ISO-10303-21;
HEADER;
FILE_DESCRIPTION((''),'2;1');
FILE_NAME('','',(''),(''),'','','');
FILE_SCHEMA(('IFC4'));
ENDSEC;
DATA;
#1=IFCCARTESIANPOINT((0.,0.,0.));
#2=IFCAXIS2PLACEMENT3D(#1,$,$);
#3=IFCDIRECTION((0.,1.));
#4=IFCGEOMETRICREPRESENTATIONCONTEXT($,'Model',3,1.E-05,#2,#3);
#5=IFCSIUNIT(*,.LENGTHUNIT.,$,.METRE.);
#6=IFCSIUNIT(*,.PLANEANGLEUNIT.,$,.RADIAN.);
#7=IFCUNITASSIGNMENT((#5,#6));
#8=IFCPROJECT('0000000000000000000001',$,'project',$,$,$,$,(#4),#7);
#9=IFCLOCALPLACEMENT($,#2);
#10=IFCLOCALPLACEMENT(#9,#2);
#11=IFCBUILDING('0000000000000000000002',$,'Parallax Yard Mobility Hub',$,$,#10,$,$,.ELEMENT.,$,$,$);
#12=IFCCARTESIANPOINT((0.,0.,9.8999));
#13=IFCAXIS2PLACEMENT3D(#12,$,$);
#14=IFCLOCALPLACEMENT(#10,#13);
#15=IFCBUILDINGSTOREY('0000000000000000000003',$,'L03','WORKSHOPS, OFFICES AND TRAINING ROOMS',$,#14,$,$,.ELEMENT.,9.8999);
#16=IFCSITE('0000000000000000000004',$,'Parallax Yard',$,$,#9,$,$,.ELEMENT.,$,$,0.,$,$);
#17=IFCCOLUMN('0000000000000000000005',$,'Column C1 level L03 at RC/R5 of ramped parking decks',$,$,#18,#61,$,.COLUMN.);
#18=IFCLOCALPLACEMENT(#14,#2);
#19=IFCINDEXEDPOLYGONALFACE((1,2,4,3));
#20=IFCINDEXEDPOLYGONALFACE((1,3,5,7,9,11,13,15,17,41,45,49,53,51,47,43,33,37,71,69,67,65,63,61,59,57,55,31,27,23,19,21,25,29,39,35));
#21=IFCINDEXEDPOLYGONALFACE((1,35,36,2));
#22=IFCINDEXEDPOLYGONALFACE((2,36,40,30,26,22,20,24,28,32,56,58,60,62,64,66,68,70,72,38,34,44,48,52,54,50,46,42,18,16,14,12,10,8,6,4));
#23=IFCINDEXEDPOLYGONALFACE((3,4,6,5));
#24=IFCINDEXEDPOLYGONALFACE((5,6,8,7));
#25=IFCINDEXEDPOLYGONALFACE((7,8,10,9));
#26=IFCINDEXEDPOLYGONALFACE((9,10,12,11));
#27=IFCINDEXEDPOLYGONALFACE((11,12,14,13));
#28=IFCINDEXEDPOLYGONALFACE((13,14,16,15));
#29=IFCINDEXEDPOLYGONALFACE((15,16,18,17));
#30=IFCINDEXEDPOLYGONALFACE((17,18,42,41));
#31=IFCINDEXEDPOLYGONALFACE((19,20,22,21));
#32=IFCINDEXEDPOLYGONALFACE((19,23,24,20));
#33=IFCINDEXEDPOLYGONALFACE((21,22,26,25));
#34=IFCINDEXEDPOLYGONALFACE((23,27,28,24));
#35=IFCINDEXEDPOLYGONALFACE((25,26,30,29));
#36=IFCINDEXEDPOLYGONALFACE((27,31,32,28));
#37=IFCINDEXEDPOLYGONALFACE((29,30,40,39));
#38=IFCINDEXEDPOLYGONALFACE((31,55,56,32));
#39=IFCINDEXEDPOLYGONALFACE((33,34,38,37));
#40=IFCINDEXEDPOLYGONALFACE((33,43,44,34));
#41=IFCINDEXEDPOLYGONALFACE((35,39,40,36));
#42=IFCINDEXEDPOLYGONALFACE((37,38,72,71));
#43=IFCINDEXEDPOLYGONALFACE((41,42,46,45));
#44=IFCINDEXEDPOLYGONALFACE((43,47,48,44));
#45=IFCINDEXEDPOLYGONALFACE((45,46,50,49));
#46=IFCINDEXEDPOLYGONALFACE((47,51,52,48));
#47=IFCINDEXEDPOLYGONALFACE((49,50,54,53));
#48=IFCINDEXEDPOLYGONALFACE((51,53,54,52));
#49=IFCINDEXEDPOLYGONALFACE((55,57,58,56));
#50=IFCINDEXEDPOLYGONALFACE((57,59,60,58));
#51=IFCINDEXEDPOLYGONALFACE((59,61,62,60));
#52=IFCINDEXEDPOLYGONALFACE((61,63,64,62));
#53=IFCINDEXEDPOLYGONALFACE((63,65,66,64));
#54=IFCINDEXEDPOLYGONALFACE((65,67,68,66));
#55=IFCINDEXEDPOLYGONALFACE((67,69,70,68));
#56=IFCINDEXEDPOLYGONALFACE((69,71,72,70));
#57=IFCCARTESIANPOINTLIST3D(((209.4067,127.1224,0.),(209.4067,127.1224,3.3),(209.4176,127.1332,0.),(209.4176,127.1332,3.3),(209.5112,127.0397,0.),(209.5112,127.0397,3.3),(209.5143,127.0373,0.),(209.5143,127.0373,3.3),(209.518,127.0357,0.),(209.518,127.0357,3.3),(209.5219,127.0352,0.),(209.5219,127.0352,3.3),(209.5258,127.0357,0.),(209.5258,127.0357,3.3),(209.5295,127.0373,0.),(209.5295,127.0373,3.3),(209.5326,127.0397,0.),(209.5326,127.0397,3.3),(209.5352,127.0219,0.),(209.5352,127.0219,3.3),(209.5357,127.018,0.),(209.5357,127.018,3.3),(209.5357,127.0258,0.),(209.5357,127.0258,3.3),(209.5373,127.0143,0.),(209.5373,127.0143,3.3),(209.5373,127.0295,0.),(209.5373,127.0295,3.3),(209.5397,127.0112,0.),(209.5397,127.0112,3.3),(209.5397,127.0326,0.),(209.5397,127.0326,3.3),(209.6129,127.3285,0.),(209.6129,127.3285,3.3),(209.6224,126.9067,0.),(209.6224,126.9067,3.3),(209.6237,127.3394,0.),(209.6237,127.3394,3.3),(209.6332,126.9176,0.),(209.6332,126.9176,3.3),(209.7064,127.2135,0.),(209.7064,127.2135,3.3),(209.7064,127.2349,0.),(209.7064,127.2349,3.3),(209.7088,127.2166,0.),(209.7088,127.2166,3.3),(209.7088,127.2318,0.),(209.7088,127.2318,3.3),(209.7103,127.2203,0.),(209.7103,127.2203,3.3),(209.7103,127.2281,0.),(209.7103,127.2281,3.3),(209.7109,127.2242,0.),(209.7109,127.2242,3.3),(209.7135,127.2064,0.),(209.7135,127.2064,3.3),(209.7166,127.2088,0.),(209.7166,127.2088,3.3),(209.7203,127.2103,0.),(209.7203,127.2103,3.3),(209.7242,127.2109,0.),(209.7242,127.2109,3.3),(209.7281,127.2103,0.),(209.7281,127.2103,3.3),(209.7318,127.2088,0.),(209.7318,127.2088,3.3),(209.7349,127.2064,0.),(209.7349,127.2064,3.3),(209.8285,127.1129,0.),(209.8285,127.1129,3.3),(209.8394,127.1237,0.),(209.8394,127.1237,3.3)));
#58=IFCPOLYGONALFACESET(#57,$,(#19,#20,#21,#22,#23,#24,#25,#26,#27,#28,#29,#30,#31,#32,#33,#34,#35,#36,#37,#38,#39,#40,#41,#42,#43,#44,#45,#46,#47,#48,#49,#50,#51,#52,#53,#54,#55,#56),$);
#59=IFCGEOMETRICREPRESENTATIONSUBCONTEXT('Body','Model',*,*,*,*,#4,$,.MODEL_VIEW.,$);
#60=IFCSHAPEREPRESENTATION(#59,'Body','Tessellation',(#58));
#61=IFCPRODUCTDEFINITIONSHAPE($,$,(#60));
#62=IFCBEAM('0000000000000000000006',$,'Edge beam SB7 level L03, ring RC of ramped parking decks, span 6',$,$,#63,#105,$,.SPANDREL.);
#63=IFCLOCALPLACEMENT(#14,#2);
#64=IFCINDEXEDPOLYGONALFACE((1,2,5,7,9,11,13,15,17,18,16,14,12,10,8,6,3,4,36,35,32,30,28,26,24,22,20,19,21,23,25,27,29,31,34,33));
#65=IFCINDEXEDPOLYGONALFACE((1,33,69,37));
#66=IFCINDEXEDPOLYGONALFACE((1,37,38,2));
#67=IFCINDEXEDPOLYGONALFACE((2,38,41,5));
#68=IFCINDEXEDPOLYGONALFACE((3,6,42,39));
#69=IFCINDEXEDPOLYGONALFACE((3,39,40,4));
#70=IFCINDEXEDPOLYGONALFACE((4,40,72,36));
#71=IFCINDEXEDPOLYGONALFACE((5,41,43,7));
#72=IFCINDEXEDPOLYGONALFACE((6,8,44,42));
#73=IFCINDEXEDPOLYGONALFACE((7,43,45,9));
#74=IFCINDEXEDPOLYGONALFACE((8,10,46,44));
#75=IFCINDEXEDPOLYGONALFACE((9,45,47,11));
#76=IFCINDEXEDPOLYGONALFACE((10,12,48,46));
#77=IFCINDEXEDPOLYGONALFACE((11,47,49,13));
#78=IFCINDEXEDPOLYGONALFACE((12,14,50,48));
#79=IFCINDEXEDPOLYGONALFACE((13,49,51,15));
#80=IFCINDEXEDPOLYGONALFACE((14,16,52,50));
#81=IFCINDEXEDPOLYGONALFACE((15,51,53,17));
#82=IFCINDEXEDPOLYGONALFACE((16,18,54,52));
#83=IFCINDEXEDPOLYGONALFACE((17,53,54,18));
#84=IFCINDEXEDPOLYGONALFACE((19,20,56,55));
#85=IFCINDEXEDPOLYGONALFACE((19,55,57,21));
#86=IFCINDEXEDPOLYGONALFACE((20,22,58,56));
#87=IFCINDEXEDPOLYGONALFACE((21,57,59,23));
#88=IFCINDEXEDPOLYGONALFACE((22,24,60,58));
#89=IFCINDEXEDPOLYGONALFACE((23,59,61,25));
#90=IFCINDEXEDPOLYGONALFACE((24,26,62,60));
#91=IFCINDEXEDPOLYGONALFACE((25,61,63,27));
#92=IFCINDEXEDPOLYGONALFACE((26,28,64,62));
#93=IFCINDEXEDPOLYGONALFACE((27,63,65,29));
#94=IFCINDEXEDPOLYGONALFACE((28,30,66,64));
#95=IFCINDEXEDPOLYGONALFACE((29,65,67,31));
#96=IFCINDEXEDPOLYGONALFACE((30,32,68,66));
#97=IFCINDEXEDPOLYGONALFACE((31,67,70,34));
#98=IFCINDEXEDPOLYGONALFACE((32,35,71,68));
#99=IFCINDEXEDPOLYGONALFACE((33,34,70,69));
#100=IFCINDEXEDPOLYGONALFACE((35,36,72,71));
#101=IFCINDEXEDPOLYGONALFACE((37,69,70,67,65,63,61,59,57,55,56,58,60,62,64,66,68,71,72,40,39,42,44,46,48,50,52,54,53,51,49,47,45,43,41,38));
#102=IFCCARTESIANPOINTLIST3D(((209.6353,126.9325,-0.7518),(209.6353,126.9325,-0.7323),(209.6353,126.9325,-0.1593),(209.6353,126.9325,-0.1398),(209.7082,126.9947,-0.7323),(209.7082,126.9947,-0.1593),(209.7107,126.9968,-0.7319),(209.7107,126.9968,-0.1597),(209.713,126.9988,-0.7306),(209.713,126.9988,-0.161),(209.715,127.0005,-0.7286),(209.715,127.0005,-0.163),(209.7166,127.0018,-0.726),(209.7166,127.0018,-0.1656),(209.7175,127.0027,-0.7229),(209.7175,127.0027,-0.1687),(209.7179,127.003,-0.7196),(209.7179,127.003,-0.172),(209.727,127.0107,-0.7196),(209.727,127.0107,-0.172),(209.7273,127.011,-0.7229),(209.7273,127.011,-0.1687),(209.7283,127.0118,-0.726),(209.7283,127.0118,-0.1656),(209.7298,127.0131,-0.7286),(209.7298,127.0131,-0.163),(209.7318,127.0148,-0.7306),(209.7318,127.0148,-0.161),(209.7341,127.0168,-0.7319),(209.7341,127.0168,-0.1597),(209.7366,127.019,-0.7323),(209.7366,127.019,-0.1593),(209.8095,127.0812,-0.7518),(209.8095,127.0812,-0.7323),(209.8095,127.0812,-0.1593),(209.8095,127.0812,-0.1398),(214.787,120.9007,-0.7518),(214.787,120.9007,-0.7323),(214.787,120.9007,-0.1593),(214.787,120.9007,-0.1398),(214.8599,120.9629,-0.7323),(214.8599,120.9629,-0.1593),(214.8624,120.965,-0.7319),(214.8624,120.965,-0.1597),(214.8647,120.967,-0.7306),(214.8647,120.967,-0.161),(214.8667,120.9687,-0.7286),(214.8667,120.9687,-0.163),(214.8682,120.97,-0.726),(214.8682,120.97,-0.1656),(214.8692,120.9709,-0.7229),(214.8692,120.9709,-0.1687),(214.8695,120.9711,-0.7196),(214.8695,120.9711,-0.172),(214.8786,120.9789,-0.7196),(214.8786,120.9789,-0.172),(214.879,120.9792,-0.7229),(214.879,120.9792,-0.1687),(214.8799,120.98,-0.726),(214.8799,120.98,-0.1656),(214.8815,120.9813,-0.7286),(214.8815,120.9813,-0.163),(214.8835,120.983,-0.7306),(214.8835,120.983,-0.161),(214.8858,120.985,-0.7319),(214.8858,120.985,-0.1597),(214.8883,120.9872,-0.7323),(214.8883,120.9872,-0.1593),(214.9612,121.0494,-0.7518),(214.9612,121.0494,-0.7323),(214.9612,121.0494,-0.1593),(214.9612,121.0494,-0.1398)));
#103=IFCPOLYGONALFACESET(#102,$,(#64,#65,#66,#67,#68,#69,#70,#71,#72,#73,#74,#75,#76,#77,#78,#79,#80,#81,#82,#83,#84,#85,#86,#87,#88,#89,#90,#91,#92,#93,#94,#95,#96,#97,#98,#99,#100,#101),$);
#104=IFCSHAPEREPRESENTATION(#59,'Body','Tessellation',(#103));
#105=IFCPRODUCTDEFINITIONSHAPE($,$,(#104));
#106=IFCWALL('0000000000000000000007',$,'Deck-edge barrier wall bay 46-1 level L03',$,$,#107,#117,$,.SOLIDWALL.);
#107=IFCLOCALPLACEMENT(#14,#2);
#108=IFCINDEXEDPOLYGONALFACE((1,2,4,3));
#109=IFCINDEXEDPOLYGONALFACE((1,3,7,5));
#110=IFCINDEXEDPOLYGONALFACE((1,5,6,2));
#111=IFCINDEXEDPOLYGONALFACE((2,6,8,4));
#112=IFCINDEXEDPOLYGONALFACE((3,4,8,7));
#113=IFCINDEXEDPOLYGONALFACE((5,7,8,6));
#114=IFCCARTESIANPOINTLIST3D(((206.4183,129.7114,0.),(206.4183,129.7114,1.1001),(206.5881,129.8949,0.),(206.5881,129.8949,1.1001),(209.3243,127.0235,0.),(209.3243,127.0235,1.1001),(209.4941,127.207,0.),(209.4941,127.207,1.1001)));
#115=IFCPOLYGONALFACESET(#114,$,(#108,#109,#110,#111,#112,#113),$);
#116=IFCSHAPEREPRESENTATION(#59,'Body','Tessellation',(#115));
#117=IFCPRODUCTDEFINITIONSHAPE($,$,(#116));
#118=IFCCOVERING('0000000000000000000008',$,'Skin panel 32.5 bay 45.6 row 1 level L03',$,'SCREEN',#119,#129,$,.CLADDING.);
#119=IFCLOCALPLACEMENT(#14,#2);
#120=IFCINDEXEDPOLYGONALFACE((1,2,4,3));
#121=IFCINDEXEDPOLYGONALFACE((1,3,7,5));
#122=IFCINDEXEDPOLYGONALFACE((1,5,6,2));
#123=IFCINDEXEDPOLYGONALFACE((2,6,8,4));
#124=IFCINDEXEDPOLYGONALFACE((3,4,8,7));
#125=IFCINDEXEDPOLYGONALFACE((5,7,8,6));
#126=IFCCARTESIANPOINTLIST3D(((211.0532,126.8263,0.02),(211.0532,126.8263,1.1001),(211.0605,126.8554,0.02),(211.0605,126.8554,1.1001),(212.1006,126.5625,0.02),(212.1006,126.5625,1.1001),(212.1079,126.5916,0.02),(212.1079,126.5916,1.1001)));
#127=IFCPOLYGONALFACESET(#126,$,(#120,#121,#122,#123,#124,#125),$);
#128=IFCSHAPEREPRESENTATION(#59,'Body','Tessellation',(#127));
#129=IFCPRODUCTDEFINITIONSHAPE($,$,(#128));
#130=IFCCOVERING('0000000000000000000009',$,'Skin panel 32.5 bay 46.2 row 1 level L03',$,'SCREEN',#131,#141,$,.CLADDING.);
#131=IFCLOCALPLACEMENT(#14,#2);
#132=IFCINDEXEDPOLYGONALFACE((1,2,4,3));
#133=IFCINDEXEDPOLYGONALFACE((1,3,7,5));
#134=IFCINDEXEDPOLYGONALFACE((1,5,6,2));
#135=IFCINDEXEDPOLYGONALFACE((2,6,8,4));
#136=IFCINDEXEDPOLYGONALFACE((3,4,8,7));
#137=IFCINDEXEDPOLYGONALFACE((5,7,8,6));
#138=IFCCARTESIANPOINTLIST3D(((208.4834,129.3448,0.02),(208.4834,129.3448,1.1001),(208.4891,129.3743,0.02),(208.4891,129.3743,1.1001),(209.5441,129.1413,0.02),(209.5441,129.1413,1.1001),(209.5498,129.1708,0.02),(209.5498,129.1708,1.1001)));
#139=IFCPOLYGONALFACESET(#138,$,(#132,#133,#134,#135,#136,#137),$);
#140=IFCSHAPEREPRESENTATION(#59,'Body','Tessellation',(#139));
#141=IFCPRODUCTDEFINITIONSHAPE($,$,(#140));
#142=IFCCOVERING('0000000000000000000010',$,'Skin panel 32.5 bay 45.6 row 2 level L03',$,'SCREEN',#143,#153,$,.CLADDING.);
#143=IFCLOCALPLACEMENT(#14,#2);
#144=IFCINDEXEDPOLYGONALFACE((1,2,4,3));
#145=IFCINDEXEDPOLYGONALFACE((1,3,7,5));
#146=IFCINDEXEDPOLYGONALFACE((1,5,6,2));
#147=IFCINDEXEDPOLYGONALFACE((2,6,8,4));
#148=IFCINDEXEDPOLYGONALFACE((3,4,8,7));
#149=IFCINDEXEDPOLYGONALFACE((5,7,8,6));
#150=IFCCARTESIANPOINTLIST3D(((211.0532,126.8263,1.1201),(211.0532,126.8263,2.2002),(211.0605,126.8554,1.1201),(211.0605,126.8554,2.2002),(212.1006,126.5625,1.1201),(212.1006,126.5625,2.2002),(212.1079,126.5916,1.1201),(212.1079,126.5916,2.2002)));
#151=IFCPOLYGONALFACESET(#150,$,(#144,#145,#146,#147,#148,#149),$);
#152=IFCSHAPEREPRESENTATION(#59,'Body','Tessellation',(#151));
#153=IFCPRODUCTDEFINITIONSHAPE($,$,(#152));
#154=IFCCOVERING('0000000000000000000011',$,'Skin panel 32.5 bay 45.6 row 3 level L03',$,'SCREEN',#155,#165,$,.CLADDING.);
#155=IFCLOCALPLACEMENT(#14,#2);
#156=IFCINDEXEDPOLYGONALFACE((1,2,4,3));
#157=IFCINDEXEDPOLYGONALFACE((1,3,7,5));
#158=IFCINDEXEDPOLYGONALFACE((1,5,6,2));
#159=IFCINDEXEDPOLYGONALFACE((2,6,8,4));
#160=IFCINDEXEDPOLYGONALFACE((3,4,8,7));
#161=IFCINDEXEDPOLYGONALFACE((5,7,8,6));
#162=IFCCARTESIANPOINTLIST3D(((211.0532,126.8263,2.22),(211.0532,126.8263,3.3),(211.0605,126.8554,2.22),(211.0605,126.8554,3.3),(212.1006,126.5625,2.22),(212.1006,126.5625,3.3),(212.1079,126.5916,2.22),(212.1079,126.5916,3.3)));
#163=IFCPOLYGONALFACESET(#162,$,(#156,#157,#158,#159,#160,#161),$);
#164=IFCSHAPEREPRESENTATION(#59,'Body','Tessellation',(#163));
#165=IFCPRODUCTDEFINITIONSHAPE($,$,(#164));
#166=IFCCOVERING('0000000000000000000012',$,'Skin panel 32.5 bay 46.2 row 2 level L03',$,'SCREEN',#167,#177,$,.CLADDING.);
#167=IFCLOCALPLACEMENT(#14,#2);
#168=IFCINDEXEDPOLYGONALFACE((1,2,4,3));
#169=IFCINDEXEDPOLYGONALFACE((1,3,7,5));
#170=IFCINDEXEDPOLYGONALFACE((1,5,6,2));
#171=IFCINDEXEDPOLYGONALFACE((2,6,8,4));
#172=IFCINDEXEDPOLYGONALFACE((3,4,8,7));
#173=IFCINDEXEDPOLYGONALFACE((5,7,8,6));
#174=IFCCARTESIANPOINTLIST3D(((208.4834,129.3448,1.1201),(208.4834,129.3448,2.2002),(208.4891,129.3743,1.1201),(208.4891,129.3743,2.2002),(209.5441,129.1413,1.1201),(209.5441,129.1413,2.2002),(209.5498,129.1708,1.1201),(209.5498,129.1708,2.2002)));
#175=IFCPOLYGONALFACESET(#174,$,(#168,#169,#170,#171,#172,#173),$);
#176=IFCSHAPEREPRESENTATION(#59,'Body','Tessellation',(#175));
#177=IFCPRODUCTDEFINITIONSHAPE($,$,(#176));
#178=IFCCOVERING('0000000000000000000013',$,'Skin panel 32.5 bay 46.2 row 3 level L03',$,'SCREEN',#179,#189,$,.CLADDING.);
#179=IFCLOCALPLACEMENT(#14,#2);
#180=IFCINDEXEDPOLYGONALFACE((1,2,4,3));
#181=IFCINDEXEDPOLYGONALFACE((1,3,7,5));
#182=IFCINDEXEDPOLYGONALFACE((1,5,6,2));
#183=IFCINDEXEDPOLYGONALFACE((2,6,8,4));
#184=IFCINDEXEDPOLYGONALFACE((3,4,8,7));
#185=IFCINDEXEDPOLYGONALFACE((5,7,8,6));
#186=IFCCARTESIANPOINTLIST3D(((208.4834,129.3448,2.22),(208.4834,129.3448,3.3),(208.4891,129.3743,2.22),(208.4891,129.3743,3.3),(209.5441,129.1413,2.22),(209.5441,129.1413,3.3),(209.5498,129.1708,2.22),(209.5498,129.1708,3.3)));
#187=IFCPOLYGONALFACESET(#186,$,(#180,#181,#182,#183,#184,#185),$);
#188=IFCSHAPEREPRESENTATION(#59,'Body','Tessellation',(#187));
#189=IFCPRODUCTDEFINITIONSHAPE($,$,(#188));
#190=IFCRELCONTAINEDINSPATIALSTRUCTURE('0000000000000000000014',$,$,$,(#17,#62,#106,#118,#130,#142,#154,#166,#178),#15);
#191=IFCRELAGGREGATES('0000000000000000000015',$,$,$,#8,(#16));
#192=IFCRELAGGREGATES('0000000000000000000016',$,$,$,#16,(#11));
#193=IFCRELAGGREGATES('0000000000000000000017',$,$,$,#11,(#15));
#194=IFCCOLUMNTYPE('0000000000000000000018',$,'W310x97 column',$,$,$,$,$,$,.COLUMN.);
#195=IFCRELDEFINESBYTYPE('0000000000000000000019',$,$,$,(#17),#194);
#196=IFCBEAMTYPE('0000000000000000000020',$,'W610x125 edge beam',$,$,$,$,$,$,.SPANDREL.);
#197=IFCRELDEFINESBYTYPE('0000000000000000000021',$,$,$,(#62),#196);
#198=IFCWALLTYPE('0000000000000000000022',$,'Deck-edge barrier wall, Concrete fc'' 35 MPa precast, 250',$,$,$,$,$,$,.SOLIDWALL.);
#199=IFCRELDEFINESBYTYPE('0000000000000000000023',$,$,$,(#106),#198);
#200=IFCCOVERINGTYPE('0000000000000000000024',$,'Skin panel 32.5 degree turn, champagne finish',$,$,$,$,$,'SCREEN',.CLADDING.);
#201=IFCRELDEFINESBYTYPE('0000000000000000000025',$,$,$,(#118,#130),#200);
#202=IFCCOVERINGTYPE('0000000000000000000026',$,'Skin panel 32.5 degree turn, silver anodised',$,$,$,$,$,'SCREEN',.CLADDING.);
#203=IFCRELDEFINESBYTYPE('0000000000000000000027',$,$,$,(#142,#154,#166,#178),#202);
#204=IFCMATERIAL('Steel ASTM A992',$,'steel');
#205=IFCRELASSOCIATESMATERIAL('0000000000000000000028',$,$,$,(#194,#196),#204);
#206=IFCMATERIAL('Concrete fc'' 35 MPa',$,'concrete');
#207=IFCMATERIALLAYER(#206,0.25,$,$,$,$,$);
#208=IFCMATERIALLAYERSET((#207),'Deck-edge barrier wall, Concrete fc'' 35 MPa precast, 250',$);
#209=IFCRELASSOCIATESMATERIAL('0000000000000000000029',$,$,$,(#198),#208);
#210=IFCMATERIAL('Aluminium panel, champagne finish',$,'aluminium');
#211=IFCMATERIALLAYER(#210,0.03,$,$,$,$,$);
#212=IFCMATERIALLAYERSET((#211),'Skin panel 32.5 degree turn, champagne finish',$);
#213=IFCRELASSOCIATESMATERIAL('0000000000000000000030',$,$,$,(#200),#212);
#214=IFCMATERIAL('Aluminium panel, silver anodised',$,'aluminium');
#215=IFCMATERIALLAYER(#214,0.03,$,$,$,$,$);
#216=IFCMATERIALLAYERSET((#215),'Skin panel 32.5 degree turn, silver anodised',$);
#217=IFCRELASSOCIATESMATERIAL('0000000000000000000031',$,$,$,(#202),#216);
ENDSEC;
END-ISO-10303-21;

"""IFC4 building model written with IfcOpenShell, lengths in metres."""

from ifc_helpers import new_model, si_unit, direction, frame, frame_2d, origin, origin_2d, place, context, subcontext, project, spatial, rectangle, i_section, extrude, material, layer, layer_set, material_profile, profile_set, type_object, element, save


model = new_model("IFC4")

# Units and contexts
model_context = context("Model", 3, precision=1e-05, world=origin(), true_north=direction((0.0, 1.0)))
body_context = subcontext(model_context, "Body", "Model", "MODEL_VIEW")
ifc_project = project(units=[si_unit("LENGTHUNIT", "METRE"), si_unit("PLANEANGLEUNIT", "RADIAN")], contexts=[model_context])

# Site, building, storey
site_placement = place(None, origin())
site = spatial("IfcSite", under=ifc_project, at=site_placement, Name="Parallax Yard", CompositionType="ELEMENT", RefElevation=0.0)
building_placement = place(site_placement, origin())
building = spatial("IfcBuilding", under=site, at=building_placement, Name="Parallax Yard Mobility Hub", CompositionType="ELEMENT")
storey_placement = place(building_placement, frame((0.0, 0.0, 9.8999)))
storey = spatial("IfcBuildingStorey", under=building, at=storey_placement, Name="L03", Description="WORKSHOPS, OFFICES AND TRAINING ROOMS", CompositionType="ELEMENT", Elevation=9.8999)

# Column
ifc_material_1 = material(Name="Steel ASTM A992", Category="steel")
ifc_material_profile_1 = material_profile(ifc_material_1, i_section(OverallWidth=0.3049, OverallDepth=0.3069, WebThickness=0.01, FlangeThickness=0.0154, FilletRadius=0.0151, at=origin_2d()), Name="W310x97")
ifc_profile_set_1 = profile_set([ifc_material_profile_1], Name="Steel ASTM A992")
column_type = type_object("IfcColumnType", Name="W310x97 column", PredefinedType="COLUMN", material=ifc_profile_set_1)
column_placement = place(storey_placement, frame((209.623, 127.123, 0.0), z_axis=(0.0, 0.0, 1.0), x_axis=(-0.707107, 0.707107, 0.0)))
element("IfcColumn", 1, at=column_placement, inside=storey, type_object=column_type, Name="Column C1 level L03 at RC/R5 of ramped parking decks", PredefinedType="COLUMN", context=body_context, shape_type="SweptSolid", body=[
    extrude(i_section(OverallWidth=0.3049, OverallDepth=0.3069, WebThickness=0.01, FlangeThickness=0.0154, FilletRadius=0.0151, at=origin_2d()), origin(), (0.0, 0.0, 1.0), 3.3),
])

# Beam
ifc_material_profile_2 = material_profile(ifc_material_1, i_section(OverallWidth=0.229, OverallDepth=0.6121, WebThickness=0.012, FlangeThickness=0.0195, FilletRadius=0.0127, at=origin_2d()), Name="W610x125")
ifc_profile_set_2 = profile_set([ifc_material_profile_2], Name="Steel ASTM A992")
beam_type = type_object("IfcBeamType", Name="W610x125 edge beam", PredefinedType="SPANDREL", material=ifc_profile_set_2)
beam_placement = place(storey_placement, frame((209.7224, 127.0068, -0.4458), z_axis=(0.64945, -0.760405, 0.0), x_axis=(0.760405, 0.64945, 0.0)))
element("IfcBeam", 2, at=beam_placement, inside=storey, type_object=beam_type, Name="Edge beam SB7 level L03, ring RC of ramped parking decks, span 6", PredefinedType="SPANDREL", context=body_context, shape_type="SweptSolid", body=[
    extrude(i_section(OverallWidth=0.229, OverallDepth=0.6121, WebThickness=0.012, FlangeThickness=0.0195, FilletRadius=0.0127, at=origin_2d()), origin(), (0.0, 0.0, 1.0), 7.9324),
])

# Wall
ifc_material_2 = material(Name="Concrete fc' 35 MPa", Category="concrete")
ifc_layer_1 = layer(ifc_material_2, 0.25)
ifc_layer_set_1 = layer_set([ifc_layer_1], Name="Deck-edge barrier wall, Concrete fc' 35 MPa precast, 250")
wall_type = type_object("IfcWallType", Name="Deck-edge barrier wall, Concrete fc' 35 MPa precast, 250", PredefinedType="SOLIDWALL", material=ifc_layer_set_1)
wall_placement = place(storey_placement, frame((209.4092, 127.1152, 0.0), z_axis=(0.0, 0.0, 1.0), x_axis=(-0.734108, 0.679033, 0.0)))
element("IfcWall", 3, at=wall_placement, inside=storey, type_object=wall_type, Name="Deck-edge barrier wall bay 46-1 level L03", PredefinedType="SOLIDWALL", context=body_context, shape_type="SweptSolid", body=[
    extrude(rectangle(XDim=3.9585, YDim=0.25, at=frame_2d((1.9792, 0.0))), origin(), (0.0, 0.0, 1.0), 1.1001),
])

# Coverings
ifc_material_3 = material(Name="Aluminium panel, champagne finish", Category="aluminium")
ifc_layer_2 = layer(ifc_material_3, 0.03)
ifc_layer_set_2 = layer_set([ifc_layer_2], Name="Skin panel 32.5 degree turn, champagne finish")
covering_type_1 = type_object("IfcCoveringType", Name="Skin panel 32.5 degree turn, champagne finish", ElementType="SCREEN", PredefinedType="CLADDING", material=ifc_layer_set_2)
for number, where, z_axis, x_axis, name in (
    (4, (211.5806, 126.709, 0.02), (0.0, 0.0, 1.0), (0.969717, -0.244231, 0.0), "Skin panel 32.5 bay 45.6 row 1 level L03"),
    (5, (209.0166, 129.2578, 0.02), (0.0, 0.0, 1.0), (0.982079, -0.188472, 0.0), "Skin panel 32.5 bay 46.2 row 1 level L03"),
):
    element("IfcCovering", number, at=place(storey_placement, frame(where, z_axis=z_axis, x_axis=x_axis)), inside=storey, type_object=covering_type_1, Name=name, ObjectType="SCREEN", PredefinedType="CLADDING", context=body_context, shape_type="SweptSolid", body=[
        extrude(rectangle(XDim=1.0801, YDim=0.03, at=origin_2d()), origin(), (0.0, 0.0, 1.0), 1.0801),
    ])
ifc_material_4 = material(Name="Aluminium panel, silver anodised", Category="aluminium")
ifc_layer_3 = layer(ifc_material_4, 0.03)
ifc_layer_set_3 = layer_set([ifc_layer_3], Name="Skin panel 32.5 degree turn, silver anodised")
covering_type_2 = type_object("IfcCoveringType", Name="Skin panel 32.5 degree turn, silver anodised", ElementType="SCREEN", PredefinedType="CLADDING", material=ifc_layer_set_3)
for number, where, z_axis, x_axis, name in (
    (6, (211.5806, 126.709, 1.1201), (0.0, 0.0, 1.0), (0.969717, -0.244231, 0.0), "Skin panel 32.5 bay 45.6 row 2 level L03"),
    (7, (211.5806, 126.709, 2.22), (0.0, 0.0, 1.0), (0.969717, -0.244231, 0.0), "Skin panel 32.5 bay 45.6 row 3 level L03"),
    (8, (209.0166, 129.2578, 1.1201), (0.0, 0.0, 1.0), (0.982079, -0.188472, 0.0), "Skin panel 32.5 bay 46.2 row 2 level L03"),
    (9, (209.0166, 129.2578, 2.22), (0.0, 0.0, 1.0), (0.982079, -0.188472, 0.0), "Skin panel 32.5 bay 46.2 row 3 level L03"),
):
    element("IfcCovering", number, at=place(storey_placement, frame(where, z_axis=z_axis, x_axis=x_axis)), inside=storey, type_object=covering_type_2, Name=name, ObjectType="SCREEN", PredefinedType="CLADDING", context=body_context, shape_type="SweptSolid", body=[
        extrude(rectangle(XDim=1.0801, YDim=0.03, at=origin_2d()), origin(), (0.0, 0.0, 1.0), 1.0801),
    ])

save(model, "model.ifc")
